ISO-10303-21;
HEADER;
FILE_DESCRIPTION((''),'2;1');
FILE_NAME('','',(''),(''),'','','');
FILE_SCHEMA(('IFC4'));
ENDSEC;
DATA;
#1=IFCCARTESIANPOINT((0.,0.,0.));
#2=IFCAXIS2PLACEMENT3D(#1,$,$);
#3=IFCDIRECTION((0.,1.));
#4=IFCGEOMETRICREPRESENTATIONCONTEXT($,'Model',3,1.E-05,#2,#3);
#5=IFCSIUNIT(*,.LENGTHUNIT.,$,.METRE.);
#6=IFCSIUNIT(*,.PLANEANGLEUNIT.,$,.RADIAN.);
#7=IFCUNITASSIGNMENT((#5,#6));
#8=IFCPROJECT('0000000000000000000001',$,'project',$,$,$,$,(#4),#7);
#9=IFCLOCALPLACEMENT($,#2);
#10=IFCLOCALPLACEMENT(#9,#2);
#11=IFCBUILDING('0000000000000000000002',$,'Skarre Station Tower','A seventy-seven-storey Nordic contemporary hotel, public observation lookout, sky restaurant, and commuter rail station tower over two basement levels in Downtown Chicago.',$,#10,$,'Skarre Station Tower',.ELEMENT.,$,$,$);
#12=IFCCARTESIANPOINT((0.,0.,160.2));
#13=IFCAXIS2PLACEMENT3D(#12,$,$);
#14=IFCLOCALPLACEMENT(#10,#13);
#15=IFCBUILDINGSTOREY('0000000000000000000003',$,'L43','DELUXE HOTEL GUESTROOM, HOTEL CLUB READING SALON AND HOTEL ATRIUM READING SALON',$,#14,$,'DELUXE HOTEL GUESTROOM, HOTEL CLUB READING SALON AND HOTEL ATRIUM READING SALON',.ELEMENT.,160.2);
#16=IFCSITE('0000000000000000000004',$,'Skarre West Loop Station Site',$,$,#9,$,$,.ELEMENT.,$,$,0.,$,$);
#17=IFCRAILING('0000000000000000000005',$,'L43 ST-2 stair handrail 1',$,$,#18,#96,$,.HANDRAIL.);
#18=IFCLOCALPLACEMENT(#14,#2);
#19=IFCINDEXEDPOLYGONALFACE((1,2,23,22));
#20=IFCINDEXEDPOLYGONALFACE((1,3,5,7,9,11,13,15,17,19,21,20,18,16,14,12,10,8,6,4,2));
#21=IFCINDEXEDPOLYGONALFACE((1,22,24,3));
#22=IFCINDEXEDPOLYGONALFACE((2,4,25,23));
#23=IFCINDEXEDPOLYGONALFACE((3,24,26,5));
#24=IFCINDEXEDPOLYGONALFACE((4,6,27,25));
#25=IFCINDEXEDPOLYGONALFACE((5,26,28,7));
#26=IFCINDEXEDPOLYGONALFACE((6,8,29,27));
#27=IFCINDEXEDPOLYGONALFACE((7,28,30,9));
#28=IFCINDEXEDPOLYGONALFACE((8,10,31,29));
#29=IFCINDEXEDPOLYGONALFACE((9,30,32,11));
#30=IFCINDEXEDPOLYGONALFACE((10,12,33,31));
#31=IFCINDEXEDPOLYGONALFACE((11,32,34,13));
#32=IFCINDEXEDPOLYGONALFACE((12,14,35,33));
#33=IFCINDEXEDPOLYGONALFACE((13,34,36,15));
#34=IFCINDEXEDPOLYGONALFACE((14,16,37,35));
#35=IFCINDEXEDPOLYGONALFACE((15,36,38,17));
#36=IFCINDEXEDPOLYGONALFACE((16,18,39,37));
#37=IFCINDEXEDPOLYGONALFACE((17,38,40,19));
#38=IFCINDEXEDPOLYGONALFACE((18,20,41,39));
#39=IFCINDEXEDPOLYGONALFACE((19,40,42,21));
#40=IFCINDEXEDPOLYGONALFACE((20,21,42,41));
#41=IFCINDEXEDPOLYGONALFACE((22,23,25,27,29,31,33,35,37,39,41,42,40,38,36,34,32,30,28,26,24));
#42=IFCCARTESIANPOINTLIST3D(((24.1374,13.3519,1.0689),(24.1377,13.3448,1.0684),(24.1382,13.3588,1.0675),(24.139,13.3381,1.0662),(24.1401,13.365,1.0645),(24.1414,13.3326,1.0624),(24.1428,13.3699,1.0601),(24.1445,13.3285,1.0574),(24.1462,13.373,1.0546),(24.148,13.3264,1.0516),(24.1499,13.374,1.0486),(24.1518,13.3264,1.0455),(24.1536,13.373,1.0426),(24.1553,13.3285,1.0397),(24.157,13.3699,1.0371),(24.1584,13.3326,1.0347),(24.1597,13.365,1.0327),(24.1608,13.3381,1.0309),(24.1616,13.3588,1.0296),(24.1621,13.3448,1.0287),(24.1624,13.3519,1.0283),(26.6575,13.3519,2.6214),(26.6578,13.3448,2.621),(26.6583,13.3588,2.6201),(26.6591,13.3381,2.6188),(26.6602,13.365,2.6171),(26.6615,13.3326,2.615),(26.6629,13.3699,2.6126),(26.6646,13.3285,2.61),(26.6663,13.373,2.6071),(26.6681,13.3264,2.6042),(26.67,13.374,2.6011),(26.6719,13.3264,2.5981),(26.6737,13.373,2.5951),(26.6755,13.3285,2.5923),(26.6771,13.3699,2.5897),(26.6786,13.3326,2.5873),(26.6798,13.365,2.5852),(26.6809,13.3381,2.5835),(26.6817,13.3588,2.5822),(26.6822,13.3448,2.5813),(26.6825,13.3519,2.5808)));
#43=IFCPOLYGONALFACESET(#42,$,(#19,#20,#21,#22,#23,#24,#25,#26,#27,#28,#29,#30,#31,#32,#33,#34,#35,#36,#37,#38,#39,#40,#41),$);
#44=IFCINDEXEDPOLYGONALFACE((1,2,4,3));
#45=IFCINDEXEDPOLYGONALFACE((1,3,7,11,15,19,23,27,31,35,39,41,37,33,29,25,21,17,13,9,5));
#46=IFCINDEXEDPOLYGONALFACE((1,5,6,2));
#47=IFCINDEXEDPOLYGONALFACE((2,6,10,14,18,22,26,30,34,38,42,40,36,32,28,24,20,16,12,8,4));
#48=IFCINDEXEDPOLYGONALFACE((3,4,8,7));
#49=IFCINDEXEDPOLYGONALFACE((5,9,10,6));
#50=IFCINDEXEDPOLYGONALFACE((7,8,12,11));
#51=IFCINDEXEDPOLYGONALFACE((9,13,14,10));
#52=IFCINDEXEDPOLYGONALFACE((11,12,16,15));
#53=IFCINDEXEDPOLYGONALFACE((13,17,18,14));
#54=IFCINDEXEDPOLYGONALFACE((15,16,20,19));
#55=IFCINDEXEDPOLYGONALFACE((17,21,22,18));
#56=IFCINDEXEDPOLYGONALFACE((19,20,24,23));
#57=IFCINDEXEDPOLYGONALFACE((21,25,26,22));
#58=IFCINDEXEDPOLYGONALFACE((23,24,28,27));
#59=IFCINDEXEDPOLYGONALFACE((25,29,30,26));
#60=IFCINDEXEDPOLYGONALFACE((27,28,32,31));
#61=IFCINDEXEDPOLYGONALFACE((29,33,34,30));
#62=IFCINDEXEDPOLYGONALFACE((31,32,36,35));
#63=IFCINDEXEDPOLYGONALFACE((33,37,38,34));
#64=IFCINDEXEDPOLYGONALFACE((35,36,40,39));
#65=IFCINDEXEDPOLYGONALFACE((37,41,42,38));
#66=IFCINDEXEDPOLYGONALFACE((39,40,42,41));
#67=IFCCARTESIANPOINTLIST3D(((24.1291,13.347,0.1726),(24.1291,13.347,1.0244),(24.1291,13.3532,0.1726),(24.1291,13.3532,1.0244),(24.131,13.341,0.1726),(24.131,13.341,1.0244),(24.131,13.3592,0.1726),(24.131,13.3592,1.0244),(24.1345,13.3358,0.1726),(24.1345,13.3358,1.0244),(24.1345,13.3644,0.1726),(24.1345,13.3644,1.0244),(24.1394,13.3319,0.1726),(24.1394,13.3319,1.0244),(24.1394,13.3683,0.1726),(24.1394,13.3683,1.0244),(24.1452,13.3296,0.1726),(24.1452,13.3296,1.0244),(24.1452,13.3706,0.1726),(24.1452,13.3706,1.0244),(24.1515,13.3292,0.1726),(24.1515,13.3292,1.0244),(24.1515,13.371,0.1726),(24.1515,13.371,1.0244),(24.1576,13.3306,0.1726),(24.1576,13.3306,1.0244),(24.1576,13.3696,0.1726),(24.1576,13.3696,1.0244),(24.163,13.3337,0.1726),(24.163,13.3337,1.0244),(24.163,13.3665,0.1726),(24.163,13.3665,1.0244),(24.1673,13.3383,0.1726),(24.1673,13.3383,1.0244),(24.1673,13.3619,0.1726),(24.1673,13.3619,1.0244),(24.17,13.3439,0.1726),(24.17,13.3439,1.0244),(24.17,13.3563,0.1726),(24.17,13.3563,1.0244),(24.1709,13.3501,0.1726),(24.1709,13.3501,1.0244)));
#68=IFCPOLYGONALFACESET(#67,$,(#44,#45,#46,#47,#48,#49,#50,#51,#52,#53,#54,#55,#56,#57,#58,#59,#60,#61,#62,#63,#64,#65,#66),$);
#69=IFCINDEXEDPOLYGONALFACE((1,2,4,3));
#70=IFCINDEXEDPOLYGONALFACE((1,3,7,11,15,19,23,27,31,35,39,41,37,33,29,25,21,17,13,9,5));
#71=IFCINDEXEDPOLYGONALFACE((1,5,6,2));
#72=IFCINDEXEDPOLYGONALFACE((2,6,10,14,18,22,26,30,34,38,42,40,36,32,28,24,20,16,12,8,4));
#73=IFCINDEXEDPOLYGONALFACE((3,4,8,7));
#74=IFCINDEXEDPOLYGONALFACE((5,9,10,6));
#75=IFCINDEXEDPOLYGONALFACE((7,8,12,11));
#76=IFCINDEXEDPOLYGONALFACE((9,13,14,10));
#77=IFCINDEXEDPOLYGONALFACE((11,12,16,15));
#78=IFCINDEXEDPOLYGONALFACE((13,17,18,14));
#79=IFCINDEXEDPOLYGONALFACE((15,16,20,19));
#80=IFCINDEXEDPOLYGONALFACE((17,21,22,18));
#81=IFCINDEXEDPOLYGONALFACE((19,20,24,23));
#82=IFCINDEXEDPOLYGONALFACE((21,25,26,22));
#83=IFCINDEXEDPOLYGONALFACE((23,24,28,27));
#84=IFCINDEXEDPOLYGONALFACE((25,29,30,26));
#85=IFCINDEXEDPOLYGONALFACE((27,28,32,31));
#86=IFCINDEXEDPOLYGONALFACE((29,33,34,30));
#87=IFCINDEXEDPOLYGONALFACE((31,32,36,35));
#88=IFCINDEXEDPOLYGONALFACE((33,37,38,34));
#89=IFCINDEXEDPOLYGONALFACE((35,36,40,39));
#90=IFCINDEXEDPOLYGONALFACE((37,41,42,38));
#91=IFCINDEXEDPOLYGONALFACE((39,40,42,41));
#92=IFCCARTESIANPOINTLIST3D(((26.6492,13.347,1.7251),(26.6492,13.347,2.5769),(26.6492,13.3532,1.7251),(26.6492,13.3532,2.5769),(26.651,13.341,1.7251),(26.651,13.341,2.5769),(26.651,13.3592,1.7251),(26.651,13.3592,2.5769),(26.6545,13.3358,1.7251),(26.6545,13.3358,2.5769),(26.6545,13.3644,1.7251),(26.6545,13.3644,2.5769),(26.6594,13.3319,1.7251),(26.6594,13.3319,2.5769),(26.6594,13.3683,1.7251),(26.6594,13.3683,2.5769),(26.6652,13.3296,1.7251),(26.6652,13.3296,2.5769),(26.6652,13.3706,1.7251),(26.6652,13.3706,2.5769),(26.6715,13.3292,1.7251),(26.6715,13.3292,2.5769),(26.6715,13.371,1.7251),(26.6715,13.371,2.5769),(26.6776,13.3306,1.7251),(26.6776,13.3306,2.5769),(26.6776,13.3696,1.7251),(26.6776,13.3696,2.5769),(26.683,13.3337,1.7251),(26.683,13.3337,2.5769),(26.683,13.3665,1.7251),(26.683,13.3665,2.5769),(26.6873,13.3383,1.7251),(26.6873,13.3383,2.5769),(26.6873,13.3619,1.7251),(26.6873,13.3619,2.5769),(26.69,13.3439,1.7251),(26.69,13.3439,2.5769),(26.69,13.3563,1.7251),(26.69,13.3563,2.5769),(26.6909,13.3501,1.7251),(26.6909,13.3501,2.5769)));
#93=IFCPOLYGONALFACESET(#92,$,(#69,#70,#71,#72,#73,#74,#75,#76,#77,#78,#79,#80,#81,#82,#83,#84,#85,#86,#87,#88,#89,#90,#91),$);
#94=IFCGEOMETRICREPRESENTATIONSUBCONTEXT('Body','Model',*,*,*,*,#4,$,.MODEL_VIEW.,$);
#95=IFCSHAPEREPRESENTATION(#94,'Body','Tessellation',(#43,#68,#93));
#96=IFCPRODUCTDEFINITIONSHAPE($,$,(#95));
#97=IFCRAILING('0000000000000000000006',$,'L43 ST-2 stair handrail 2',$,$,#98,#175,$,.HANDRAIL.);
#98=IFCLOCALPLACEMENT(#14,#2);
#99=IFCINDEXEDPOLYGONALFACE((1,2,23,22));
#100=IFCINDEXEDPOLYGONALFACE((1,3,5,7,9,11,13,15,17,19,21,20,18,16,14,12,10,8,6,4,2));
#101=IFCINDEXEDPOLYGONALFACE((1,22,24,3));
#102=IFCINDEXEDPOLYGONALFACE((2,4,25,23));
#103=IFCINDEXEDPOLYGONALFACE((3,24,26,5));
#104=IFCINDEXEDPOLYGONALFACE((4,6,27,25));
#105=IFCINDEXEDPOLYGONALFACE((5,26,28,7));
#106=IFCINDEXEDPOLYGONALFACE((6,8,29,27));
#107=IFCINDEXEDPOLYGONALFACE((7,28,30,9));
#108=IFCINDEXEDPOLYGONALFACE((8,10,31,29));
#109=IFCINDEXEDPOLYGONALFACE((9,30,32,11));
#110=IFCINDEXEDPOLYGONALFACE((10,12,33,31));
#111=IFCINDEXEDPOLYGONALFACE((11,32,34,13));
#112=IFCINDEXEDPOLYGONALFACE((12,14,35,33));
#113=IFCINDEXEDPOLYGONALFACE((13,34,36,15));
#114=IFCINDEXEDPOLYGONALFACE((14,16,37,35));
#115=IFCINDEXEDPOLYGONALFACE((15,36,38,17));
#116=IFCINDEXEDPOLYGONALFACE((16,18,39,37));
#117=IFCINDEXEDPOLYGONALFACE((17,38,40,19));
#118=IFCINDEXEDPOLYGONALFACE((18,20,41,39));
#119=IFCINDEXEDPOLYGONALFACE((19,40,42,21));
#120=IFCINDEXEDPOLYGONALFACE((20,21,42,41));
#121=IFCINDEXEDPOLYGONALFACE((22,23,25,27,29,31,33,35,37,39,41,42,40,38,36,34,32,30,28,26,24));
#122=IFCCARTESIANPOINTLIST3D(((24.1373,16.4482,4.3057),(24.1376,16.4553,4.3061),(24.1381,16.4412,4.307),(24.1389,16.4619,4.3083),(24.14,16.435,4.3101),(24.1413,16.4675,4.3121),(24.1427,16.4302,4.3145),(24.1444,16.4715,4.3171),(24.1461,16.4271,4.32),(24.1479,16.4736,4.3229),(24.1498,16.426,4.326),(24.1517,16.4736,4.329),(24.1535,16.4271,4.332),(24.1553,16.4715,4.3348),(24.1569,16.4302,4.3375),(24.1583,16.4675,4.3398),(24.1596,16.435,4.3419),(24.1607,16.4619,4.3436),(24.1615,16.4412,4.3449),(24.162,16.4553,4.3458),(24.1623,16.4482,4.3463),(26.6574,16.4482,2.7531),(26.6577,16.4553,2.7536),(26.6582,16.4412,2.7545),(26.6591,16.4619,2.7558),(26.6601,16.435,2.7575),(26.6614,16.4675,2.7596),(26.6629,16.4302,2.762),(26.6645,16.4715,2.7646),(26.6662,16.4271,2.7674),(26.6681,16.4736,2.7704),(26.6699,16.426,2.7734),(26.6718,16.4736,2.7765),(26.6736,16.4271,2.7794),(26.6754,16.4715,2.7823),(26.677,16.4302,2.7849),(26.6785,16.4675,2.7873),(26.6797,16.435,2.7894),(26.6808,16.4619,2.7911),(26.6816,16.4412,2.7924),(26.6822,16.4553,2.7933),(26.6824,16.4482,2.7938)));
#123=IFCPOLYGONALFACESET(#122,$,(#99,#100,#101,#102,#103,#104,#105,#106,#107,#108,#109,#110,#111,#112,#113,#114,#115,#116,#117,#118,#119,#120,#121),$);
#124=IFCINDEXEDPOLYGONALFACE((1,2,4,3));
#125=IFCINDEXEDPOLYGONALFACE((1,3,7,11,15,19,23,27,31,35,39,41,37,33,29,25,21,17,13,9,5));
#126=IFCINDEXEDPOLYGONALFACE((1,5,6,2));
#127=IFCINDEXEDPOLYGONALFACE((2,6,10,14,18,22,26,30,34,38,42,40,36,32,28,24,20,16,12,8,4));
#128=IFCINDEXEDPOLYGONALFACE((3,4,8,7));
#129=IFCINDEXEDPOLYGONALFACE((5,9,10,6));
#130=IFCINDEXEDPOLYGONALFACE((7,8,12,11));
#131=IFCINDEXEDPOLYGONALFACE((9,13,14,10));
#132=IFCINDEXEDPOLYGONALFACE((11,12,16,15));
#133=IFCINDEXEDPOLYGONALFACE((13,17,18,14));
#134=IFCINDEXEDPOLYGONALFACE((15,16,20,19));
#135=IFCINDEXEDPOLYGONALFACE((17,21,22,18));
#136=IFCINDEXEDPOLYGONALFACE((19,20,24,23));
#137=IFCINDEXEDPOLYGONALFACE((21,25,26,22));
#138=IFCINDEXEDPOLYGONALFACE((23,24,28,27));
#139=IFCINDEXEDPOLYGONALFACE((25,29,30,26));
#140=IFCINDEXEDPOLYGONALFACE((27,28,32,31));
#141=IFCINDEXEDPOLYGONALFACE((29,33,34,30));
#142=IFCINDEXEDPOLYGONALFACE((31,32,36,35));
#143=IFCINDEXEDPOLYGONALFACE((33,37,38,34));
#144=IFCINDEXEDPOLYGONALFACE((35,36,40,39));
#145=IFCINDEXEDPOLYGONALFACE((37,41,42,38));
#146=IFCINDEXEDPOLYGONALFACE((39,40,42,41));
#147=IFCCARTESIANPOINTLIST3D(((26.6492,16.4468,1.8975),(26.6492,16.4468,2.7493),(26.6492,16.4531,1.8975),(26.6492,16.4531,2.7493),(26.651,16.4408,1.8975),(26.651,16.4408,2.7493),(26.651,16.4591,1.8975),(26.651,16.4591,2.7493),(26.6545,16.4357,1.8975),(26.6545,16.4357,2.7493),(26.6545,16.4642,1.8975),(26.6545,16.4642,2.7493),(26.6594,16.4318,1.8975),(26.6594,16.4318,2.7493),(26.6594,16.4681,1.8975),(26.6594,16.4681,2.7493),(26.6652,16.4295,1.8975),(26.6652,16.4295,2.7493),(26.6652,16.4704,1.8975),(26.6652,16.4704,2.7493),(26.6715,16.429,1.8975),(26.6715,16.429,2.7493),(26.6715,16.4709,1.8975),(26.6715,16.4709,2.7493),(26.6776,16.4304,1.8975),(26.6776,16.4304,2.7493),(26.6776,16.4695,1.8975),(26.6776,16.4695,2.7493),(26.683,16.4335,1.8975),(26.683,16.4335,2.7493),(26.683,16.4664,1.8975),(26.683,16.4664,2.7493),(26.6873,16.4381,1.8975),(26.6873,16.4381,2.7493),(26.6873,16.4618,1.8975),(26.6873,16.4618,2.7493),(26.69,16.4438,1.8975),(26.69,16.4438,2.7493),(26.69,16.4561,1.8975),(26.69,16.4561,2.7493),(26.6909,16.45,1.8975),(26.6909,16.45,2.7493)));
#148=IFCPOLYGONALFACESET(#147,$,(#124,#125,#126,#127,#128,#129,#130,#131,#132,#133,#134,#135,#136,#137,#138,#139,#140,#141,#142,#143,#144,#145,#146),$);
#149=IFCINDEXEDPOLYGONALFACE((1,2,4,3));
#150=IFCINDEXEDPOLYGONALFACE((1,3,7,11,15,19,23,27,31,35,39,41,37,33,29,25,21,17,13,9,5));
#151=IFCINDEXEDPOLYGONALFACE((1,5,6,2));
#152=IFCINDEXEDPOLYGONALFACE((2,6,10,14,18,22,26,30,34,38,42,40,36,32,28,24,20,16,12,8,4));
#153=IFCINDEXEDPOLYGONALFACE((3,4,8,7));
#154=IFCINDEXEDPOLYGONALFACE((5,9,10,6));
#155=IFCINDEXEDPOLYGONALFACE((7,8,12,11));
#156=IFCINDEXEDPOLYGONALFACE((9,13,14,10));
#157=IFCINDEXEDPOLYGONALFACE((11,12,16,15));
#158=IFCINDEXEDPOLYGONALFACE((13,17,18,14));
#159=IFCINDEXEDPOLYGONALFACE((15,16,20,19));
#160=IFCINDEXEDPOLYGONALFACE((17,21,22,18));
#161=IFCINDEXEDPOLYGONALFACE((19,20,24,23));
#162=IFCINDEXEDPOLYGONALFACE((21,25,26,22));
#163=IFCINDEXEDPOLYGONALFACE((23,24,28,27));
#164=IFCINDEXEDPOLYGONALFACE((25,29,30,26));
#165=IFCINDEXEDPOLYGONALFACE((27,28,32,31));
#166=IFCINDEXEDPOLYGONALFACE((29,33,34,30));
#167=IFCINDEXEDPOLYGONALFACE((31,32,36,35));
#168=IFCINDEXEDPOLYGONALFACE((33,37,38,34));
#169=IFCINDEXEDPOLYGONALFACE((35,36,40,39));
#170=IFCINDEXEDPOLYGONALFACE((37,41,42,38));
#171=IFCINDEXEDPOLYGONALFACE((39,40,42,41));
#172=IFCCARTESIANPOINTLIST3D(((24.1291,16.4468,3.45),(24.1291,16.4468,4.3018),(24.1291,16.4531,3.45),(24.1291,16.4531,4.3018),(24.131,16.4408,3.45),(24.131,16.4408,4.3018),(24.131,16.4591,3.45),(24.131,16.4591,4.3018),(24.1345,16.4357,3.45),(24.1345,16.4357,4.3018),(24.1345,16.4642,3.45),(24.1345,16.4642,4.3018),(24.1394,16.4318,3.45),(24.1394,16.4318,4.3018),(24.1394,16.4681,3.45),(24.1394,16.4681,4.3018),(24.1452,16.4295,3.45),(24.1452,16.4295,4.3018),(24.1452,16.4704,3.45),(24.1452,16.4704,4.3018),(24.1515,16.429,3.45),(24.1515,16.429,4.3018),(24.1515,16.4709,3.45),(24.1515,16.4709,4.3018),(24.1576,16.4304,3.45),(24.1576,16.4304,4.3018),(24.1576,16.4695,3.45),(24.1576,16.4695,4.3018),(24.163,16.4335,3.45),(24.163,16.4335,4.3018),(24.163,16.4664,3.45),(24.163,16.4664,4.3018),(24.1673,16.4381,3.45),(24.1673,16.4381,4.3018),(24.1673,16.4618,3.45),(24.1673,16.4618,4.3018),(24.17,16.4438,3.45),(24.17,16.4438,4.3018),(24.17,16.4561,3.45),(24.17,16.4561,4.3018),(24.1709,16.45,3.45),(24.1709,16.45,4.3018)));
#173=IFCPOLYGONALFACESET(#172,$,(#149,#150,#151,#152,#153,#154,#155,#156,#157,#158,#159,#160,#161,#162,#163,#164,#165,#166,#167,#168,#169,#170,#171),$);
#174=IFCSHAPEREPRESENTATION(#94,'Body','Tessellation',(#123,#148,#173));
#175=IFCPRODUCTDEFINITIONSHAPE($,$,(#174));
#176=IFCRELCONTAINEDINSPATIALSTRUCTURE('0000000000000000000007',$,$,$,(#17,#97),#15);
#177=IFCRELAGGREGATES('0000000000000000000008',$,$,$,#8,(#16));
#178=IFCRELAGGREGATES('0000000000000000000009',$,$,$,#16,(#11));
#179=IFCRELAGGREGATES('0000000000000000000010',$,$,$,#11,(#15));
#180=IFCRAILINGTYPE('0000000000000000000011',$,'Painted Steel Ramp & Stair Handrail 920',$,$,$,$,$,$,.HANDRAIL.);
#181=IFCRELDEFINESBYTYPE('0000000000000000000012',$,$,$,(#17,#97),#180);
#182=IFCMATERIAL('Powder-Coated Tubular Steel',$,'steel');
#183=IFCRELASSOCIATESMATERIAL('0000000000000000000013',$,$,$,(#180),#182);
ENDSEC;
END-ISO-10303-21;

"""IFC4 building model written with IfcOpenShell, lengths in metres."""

from ifc_helpers import new_model, si_unit, direction, frame, origin, origin_2d, place, context, subcontext, project, spatial, circle, extrude, material, type_object, element, save


model = new_model("IFC4")

# Units and contexts
model_context = context("Model", 3, precision=1e-05, world=origin(), true_north=direction((0.0, 1.0)))
body_context = subcontext(model_context, "Body", "Model", "MODEL_VIEW")
ifc_project = project(units=[si_unit("LENGTHUNIT", "METRE"), si_unit("PLANEANGLEUNIT", "RADIAN")], contexts=[model_context])

# Site, building, storey
site_placement = place(None, origin())
site = spatial("IfcSite", under=ifc_project, at=site_placement, Name="Skarre West Loop Station Site", CompositionType="ELEMENT", RefElevation=0.0)
building_placement = place(site_placement, origin())
building = spatial("IfcBuilding", under=site, at=building_placement, Name="Skarre Station Tower", Description="A seventy-seven-storey Nordic contemporary hotel, public observation lookout, sky restaurant, and commuter rail station tower over two basement levels in Downtown Chicago.", LongName="Skarre Station Tower", CompositionType="ELEMENT")
storey_placement = place(building_placement, frame((0.0, 0.0, 160.2)))
storey = spatial("IfcBuildingStorey", under=building, at=storey_placement, Name="L43", Description="DELUXE HOTEL GUESTROOM, HOTEL CLUB READING SALON AND HOTEL ATRIUM READING SALON", LongName="DELUXE HOTEL GUESTROOM, HOTEL CLUB READING SALON AND HOTEL ATRIUM READING SALON", CompositionType="ELEMENT", Elevation=160.2)

# Railings
ifc_material_1 = material(Name="Powder-Coated Tubular Steel", Category="steel")
railing_type_1 = type_object("IfcRailingType", Name="Painted Steel Ramp & Stair Handrail 920", PredefinedType="HANDRAIL", material=ifc_material_1)
railing_1_placement = place(storey_placement, frame((24.1499, 13.3501, 0.1726)))
element("IfcRailing", 1, at=railing_1_placement, inside=storey, type_object=railing_type_1, Name="L43 ST-2 stair handrail 1", PredefinedType="HANDRAIL", context=body_context, shape_type="SweptSolid", body=[
    extrude(circle(Radius=0.0239, at=origin_2d()), frame((0.0, 0.0, 0.876), z_axis=(0.8514, 0.0, 0.524516), x_axis=(0.0, 1.0, 0.0)), (0.0, 0.0, 1.0), 2.96),
    extrude(circle(Radius=0.021, at=origin_2d()), origin(), (0.0, 0.0, 1.0), 0.8518),
    extrude(circle(Radius=0.021, at=origin_2d()), frame((2.52, 0.0, 1.5525)), (0.0, 0.0, 1.0), 0.8518),
])
railing_2_placement = place(storey_placement, frame((26.6699, 16.45, 1.8975)))
element("IfcRailing", 2, at=railing_2_placement, inside=storey, type_object=railing_type_1, Name="L43 ST-2 stair handrail 2", PredefinedType="HANDRAIL", context=body_context, shape_type="SweptSolid", body=[
    extrude(circle(Radius=0.0239, at=origin_2d()), frame((0.0, 0.0, 0.876), z_axis=(-0.8514, 0.0, 0.524516), x_axis=(0.0, -1.0, 0.0)), (0.0, 0.0, 1.0), 2.96),
    extrude(circle(Radius=0.021, at=origin_2d()), origin(), (0.0, 0.0, 1.0), 0.8518),
    extrude(circle(Radius=0.021, at=origin_2d()), frame((-2.52, 0.0, 1.5525)), (0.0, 0.0, 1.0), 0.8518),
])

save(model, "model.ifc")
